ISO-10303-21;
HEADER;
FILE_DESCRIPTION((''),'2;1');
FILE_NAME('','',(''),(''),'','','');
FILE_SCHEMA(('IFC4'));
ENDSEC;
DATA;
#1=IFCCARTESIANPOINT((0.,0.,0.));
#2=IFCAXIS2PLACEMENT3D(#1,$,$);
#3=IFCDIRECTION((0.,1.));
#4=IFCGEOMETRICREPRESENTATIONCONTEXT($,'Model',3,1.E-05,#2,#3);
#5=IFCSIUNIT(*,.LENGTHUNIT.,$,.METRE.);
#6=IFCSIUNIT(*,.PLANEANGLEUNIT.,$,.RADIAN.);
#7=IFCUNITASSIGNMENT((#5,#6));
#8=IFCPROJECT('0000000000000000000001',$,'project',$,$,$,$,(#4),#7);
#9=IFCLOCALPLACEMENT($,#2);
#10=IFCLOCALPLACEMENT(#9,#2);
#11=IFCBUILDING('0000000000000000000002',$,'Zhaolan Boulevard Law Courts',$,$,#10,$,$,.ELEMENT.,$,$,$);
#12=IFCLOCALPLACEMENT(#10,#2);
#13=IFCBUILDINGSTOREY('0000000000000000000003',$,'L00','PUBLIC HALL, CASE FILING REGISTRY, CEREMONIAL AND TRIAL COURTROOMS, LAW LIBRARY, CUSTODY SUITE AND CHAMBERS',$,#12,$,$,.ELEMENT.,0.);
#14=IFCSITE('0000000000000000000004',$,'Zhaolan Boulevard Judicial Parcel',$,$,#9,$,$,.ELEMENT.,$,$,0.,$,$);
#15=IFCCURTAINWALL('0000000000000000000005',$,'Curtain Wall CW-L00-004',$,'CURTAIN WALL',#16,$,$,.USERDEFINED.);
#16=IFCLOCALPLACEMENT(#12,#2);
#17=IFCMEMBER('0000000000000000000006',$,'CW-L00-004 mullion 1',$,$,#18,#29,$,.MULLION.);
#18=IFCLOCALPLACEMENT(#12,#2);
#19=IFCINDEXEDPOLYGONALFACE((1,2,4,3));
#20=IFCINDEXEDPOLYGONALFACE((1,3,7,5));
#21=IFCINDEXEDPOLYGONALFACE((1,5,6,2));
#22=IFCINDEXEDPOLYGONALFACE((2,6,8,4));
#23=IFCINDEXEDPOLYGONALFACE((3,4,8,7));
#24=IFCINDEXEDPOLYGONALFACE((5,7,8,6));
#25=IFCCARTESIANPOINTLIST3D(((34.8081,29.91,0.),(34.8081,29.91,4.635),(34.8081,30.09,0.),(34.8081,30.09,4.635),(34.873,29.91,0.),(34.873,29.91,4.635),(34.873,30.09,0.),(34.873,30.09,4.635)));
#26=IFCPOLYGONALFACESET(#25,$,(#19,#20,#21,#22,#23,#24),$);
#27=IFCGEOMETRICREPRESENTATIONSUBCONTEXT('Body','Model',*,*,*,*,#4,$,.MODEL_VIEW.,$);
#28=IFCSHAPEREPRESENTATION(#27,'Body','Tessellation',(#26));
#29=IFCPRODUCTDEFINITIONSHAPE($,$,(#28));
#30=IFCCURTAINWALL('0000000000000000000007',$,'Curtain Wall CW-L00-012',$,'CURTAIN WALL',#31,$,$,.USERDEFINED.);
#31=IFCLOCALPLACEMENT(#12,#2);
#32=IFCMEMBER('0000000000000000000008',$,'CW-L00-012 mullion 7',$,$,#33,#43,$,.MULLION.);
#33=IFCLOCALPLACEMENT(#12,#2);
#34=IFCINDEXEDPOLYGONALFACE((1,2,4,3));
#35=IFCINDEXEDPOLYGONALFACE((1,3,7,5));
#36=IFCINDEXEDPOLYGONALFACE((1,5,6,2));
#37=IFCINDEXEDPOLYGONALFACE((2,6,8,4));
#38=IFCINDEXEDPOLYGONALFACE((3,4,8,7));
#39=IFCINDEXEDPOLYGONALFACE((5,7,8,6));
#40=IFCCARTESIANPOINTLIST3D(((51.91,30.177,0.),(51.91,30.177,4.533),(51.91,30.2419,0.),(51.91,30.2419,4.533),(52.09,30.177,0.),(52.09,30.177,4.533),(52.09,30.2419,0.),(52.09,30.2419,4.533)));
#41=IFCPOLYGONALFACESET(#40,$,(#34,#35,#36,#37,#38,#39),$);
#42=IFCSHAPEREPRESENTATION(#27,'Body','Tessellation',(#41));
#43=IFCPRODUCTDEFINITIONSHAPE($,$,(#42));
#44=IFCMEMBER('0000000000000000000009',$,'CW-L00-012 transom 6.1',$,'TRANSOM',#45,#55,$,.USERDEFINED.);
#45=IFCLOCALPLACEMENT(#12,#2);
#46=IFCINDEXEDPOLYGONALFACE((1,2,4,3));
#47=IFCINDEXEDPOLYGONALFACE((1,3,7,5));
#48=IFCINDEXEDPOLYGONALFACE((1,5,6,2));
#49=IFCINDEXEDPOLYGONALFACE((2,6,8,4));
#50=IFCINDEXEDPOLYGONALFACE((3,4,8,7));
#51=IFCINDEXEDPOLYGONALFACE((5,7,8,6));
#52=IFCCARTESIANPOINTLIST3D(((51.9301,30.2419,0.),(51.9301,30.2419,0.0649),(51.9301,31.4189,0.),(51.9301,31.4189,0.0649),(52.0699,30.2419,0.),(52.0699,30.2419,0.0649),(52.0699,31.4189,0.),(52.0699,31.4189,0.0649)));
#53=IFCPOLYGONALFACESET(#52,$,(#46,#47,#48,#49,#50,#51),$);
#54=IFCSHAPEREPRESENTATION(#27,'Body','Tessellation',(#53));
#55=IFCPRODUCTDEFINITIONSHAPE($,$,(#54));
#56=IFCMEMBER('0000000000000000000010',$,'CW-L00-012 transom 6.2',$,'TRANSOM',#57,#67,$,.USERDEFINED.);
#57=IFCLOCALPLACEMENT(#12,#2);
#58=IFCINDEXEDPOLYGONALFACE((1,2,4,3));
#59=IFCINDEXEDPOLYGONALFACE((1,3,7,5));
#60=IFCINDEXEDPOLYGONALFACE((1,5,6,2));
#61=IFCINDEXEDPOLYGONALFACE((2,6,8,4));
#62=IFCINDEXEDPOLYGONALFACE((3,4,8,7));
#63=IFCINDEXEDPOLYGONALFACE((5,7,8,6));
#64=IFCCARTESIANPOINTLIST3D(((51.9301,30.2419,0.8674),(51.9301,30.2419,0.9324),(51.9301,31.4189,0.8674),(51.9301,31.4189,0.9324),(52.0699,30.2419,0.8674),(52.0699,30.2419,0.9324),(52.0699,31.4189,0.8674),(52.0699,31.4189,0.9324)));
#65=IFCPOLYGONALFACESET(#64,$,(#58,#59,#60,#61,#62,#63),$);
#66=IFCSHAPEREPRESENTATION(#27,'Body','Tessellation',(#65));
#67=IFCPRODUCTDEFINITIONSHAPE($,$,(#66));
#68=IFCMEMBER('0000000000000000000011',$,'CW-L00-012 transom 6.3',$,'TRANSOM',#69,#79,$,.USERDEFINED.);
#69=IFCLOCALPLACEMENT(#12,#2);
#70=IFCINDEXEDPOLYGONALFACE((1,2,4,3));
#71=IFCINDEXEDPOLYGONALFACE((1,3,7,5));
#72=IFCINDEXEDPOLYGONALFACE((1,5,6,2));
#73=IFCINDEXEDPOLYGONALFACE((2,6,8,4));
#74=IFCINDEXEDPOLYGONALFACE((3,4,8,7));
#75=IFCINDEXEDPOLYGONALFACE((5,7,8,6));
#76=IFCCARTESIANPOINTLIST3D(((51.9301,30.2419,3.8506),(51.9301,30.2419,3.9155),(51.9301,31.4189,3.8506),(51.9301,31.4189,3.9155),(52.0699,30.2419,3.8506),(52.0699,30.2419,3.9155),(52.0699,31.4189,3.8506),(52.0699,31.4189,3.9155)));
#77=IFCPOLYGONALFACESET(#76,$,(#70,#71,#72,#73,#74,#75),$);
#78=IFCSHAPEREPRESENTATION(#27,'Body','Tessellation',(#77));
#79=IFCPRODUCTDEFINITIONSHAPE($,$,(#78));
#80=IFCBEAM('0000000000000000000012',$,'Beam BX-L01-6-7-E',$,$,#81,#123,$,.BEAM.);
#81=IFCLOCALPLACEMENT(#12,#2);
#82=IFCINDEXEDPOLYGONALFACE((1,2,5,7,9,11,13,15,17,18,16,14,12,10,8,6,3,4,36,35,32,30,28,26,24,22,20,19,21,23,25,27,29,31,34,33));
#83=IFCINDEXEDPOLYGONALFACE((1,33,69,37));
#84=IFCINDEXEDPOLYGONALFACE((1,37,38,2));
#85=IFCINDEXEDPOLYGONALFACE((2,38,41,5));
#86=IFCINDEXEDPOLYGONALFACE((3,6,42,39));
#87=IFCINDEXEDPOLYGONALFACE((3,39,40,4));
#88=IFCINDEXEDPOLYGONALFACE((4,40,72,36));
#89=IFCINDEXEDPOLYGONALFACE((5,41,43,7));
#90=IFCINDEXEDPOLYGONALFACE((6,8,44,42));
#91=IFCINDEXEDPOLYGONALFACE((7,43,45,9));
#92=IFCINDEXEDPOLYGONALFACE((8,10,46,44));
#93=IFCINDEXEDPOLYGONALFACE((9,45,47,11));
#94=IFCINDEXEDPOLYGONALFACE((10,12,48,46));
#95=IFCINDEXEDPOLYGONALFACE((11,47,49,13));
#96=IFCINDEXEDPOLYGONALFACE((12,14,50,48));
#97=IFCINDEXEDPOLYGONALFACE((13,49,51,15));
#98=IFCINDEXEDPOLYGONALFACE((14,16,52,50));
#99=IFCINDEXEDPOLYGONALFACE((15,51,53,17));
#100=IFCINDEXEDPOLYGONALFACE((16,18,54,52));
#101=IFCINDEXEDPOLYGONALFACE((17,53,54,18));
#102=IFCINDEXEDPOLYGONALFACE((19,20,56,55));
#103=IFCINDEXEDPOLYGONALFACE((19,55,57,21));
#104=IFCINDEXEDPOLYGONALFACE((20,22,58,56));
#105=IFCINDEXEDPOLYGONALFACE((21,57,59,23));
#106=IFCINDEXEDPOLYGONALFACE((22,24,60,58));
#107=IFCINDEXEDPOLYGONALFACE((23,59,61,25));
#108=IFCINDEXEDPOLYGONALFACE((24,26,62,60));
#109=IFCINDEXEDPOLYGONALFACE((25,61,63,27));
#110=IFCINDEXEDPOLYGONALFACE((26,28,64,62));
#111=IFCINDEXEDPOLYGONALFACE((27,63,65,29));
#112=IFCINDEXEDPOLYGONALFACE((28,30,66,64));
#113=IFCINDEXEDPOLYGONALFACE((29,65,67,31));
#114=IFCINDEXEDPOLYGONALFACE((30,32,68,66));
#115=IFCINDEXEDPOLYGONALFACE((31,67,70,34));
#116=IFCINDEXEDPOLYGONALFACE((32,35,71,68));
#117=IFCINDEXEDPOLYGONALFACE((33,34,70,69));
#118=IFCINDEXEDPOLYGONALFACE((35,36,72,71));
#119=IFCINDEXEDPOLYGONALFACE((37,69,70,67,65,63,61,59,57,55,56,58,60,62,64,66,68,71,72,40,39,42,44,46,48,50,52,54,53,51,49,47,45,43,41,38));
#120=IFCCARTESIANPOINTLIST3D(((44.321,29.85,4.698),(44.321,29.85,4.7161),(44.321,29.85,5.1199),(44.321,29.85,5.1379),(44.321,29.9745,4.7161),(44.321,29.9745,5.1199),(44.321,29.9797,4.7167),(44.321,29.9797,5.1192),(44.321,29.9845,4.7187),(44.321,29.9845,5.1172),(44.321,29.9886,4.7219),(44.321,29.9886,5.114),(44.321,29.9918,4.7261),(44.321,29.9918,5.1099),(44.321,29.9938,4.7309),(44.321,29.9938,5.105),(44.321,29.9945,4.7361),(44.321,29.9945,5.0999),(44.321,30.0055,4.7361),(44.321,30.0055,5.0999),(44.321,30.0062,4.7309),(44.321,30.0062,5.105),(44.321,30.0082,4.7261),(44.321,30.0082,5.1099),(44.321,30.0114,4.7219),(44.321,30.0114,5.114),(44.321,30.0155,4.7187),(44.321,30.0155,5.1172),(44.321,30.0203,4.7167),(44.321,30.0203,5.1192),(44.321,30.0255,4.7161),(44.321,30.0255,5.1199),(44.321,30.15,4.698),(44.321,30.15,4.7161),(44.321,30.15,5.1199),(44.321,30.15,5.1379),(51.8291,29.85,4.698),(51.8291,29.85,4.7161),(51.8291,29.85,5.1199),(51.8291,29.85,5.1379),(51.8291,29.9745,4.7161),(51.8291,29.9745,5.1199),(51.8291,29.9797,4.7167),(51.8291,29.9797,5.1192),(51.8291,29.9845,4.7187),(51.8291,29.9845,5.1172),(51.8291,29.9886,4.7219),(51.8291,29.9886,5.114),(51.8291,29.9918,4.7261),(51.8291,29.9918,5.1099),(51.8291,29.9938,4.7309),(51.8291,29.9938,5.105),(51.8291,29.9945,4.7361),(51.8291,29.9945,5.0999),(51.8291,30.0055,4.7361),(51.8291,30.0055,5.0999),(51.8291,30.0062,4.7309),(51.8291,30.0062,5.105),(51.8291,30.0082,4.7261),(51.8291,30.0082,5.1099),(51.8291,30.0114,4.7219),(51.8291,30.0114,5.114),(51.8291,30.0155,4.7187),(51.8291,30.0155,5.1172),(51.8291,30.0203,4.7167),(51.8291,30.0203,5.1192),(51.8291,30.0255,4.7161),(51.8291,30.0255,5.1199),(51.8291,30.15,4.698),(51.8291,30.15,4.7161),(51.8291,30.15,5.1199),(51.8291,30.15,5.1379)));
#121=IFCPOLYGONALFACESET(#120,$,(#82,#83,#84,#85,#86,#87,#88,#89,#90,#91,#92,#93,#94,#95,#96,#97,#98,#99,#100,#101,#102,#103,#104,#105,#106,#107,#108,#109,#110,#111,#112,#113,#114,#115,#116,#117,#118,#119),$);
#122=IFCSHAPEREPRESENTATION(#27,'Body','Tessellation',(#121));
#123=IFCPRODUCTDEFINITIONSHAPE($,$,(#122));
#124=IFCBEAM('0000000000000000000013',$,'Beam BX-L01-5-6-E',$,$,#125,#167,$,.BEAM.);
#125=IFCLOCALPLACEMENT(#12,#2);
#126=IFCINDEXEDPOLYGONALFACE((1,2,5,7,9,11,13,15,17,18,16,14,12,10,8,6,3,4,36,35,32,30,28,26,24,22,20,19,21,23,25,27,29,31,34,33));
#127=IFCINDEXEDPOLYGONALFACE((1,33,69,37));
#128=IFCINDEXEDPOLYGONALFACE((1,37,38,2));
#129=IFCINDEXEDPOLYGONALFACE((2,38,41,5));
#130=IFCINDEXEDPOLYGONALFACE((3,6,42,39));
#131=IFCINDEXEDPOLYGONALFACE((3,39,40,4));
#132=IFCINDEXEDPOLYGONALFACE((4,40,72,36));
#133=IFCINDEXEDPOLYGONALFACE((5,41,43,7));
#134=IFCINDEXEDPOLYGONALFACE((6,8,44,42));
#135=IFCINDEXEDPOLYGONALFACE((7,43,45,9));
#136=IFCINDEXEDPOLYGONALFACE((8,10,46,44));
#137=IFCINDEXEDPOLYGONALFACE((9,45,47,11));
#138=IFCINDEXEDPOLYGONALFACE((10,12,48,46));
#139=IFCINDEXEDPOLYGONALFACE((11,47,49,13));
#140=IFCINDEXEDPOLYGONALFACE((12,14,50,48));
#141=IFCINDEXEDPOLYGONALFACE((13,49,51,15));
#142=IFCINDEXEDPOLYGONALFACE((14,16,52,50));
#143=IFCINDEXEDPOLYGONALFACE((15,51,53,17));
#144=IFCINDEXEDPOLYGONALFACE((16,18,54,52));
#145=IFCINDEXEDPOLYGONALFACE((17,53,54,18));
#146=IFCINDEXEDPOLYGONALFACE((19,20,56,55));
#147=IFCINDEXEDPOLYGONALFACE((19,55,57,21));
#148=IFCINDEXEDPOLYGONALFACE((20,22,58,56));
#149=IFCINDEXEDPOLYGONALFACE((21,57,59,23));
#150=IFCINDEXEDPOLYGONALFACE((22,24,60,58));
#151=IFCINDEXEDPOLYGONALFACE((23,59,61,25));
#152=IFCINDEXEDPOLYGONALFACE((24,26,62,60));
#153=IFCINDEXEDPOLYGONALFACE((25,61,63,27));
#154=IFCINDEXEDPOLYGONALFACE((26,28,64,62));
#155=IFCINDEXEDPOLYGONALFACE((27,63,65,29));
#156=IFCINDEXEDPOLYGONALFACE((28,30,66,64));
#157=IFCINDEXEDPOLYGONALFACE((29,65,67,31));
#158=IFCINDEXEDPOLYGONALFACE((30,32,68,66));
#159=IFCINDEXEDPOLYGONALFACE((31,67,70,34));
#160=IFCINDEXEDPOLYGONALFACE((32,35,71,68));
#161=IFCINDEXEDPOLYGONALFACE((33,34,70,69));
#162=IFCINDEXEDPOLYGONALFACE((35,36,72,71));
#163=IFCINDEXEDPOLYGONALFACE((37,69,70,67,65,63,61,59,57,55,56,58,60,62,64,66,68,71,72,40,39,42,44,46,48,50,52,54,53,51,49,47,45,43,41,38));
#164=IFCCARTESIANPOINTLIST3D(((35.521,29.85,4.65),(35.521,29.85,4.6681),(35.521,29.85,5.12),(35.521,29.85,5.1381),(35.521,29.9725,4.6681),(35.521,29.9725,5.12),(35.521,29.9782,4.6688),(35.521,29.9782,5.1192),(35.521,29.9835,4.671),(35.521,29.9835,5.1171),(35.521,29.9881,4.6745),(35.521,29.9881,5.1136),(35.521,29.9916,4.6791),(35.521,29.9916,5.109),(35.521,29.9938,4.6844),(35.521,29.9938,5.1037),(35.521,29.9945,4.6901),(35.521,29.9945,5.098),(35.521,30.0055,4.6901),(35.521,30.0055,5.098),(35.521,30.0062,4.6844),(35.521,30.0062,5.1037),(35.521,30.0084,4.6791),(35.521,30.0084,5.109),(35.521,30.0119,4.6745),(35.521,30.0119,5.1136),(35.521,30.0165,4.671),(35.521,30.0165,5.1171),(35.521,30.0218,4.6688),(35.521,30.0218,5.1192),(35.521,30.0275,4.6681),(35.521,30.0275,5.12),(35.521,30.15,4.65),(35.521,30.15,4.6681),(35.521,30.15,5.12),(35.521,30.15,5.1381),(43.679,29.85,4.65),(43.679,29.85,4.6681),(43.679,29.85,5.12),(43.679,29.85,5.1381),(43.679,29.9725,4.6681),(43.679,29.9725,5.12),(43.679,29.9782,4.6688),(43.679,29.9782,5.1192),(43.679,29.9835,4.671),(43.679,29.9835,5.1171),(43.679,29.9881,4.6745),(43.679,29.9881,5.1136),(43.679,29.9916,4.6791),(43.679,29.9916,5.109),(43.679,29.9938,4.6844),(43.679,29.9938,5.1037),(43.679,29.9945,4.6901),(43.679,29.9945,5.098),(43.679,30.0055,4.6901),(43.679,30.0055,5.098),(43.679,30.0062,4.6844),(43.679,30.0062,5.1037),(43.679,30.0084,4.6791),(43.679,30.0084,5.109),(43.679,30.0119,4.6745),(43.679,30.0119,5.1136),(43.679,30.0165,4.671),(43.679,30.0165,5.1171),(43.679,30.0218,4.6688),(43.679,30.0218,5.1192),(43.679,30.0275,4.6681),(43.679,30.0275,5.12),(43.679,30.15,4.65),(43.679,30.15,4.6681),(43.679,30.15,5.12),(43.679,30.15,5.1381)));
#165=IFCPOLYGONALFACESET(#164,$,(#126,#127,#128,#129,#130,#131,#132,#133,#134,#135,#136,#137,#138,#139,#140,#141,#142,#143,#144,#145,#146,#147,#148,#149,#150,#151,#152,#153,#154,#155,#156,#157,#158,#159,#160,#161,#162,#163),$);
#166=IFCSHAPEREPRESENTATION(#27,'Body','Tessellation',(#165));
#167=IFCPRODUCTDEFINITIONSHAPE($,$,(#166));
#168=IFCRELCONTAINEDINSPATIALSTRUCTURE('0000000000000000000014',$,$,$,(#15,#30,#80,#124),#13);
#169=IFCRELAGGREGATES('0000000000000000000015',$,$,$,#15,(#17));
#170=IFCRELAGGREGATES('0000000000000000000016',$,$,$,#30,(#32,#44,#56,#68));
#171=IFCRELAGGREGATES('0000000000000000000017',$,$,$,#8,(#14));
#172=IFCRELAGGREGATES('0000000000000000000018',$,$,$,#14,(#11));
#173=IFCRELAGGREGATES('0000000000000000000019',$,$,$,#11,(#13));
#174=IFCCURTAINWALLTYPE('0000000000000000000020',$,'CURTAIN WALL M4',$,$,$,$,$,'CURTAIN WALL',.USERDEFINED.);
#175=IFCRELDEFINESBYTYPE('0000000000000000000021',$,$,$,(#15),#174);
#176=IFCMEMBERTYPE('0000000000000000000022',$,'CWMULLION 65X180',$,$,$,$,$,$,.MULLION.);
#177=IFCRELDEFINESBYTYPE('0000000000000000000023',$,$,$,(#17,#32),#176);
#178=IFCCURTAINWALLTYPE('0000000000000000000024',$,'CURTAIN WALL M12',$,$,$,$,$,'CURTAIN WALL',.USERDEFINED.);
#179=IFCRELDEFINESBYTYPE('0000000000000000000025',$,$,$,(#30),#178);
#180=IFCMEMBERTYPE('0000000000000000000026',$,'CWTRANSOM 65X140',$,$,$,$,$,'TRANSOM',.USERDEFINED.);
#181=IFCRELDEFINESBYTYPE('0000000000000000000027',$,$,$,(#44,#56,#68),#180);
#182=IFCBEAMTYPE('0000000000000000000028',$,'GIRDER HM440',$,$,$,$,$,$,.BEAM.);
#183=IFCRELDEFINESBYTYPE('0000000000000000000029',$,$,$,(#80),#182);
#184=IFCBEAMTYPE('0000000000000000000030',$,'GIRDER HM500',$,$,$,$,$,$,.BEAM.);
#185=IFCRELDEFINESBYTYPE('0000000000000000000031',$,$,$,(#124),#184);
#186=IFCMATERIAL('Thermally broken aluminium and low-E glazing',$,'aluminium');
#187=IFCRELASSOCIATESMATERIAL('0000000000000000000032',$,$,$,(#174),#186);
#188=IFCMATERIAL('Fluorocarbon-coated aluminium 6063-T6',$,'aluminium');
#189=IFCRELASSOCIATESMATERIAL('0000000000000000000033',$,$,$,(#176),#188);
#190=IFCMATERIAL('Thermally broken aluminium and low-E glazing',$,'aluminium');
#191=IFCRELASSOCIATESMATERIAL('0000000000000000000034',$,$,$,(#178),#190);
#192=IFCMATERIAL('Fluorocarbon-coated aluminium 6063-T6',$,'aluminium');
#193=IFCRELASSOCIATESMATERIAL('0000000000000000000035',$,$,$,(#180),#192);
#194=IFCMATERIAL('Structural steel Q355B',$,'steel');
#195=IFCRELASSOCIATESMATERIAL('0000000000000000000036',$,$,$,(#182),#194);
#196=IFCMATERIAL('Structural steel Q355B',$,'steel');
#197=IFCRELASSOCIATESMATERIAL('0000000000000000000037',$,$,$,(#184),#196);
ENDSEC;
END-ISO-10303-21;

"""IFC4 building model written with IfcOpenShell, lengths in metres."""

from ifc_helpers import new_model, si_unit, direction, frame, origin, origin_2d, place, context, subcontext, project, spatial, rectangle, i_section, extrude, material, material_profile, profile_set, type_object, element, aggregate, save


model = new_model("IFC4")

# Units and contexts
model_context = context("Model", 3, precision=1e-05, world=origin(), true_north=direction((0.0, 1.0)))
body_context = subcontext(model_context, "Body", "Model", "MODEL_VIEW")
ifc_project = project(units=[si_unit("LENGTHUNIT", "METRE"), si_unit("PLANEANGLEUNIT", "RADIAN")], contexts=[model_context])

# Site, building, storey
site_placement = place(None, origin())
site = spatial("IfcSite", under=ifc_project, at=site_placement, Name="Zhaolan Boulevard Judicial Parcel", CompositionType="ELEMENT", RefElevation=0.0)
building_placement = place(site_placement, origin())
building = spatial("IfcBuilding", under=site, at=building_placement, Name="Zhaolan Boulevard Law Courts", CompositionType="ELEMENT")
storey_placement = place(building_placement, origin())
storey = spatial("IfcBuildingStorey", under=building, at=storey_placement, Name="L00", Description="PUBLIC HALL, CASE FILING REGISTRY, CEREMONIAL AND TRIAL COURTROOMS, LAW LIBRARY, CUSTODY SUITE AND CHAMBERS", CompositionType="ELEMENT", Elevation=0.0)

# Curtain wall, member
ifc_material_1 = material(Name="Thermally broken aluminium and low-E glazing", Category="aluminium")
curtain_wall_type_1 = type_object("IfcCurtainWallType", Name="CURTAIN WALL M4", ElementType="CURTAIN WALL", PredefinedType="USERDEFINED", material=ifc_material_1)
curtain_wall_1_placement = place(storey_placement, origin())
curtain_wall_1 = element("IfcCurtainWall", 1, at=curtain_wall_1_placement, inside=storey, type_object=curtain_wall_type_1, Name="Curtain Wall CW-L00-004", ObjectType="CURTAIN WALL", PredefinedType="USERDEFINED")
ifc_material_2 = material(Name="Fluorocarbon-coated aluminium 6063-T6", Category="aluminium")
ifc_material_profile_1 = material_profile(ifc_material_2, rectangle(XDim=0.1799, YDim=0.0649, at=origin_2d()), Name="AL65x180")
ifc_profile_set_1 = profile_set([ifc_material_profile_1], Name="Fluorocarbon-coated aluminium 6063-T6")
member_type_1 = type_object("IfcMemberType", Name="CWMULLION 65X180", PredefinedType="MULLION", material=ifc_profile_set_1)
member_1_placement = place(storey_placement, frame((34.8406, 30.0, 0.0), z_axis=(0.0, 0.0, 1.0), x_axis=(0.0, -1.0, 0.0)))
member_1 = element("IfcMember", 2, at=member_1_placement, type_object=member_type_1, Name="CW-L00-004 mullion 1", PredefinedType="MULLION", context=body_context, shape_type="SweptSolid", body=[
    extrude(rectangle(XDim=0.1799, YDim=0.0649, at=origin_2d()), origin(), (0.0, 0.0, 1.0), 4.635),
])
aggregate(curtain_wall_1, [member_1])

# Curtain wall, members
ifc_material_3 = material(Name="Thermally broken aluminium and low-E glazing", Category="aluminium")
curtain_wall_type_2 = type_object("IfcCurtainWallType", Name="CURTAIN WALL M12", ElementType="CURTAIN WALL", PredefinedType="USERDEFINED", material=ifc_material_3)
curtain_wall_2_placement = place(storey_placement, origin())
curtain_wall_2 = element("IfcCurtainWall", 3, at=curtain_wall_2_placement, inside=storey, type_object=curtain_wall_type_2, Name="Curtain Wall CW-L00-012", ObjectType="CURTAIN WALL", PredefinedType="USERDEFINED")
member_2_placement = place(storey_placement, frame((52.0, 30.2095, 0.0), z_axis=(0.0, 0.0, 1.0), x_axis=(1.0, 0.0, 0.0)))
member_2 = element("IfcMember", 4, at=member_2_placement, type_object=member_type_1, Name="CW-L00-012 mullion 7", PredefinedType="MULLION", context=body_context, shape_type="SweptSolid", body=[
    extrude(rectangle(XDim=0.1799, YDim=0.0649, at=origin_2d()), origin(), (0.0, 0.0, 1.0), 4.533),
])
ifc_material_4 = material(Name="Fluorocarbon-coated aluminium 6063-T6", Category="aluminium")
ifc_material_profile_2 = material_profile(ifc_material_4, rectangle(XDim=0.1399, YDim=0.0649, at=origin_2d()), Name="AL65x140")
ifc_profile_set_2 = profile_set([ifc_material_profile_2], Name="Fluorocarbon-coated aluminium 6063-T6")
member_type_2 = type_object("IfcMemberType", Name="CWTRANSOM 65X140", ElementType="TRANSOM", PredefinedType="USERDEFINED", material=ifc_profile_set_2)
member_3_placement = place(storey_placement, frame((52.0, 31.4189, 0.0325), z_axis=(0.0, -1.0, 0.0), x_axis=(1.0, 0.0, 0.0)))
member_3 = element("IfcMember", 5, at=member_3_placement, type_object=member_type_2, Name="CW-L00-012 transom 6.1", ObjectType="TRANSOM", PredefinedType="USERDEFINED", context=body_context, shape_type="SweptSolid", body=[
    extrude(rectangle(XDim=0.1399, YDim=0.0649, at=origin_2d()), origin(), (0.0, 0.0, 1.0), 1.177),
])
member_4_placement = place(storey_placement, frame((52.0, 31.4189, 0.8999), z_axis=(0.0, -1.0, 0.0), x_axis=(1.0, 0.0, 0.0)))
member_4 = element("IfcMember", 6, at=member_4_placement, type_object=member_type_2, Name="CW-L00-012 transom 6.2", ObjectType="TRANSOM", PredefinedType="USERDEFINED", context=body_context, shape_type="SweptSolid", body=[
    extrude(rectangle(XDim=0.1399, YDim=0.0649, at=origin_2d()), origin(), (0.0, 0.0, 1.0), 1.177),
])
member_5_placement = place(storey_placement, frame((52.0, 31.4189, 3.8831), z_axis=(0.0, -1.0, 0.0), x_axis=(1.0, 0.0, 0.0)))
member_5 = element("IfcMember", 7, at=member_5_placement, type_object=member_type_2, Name="CW-L00-012 transom 6.3", ObjectType="TRANSOM", PredefinedType="USERDEFINED", context=body_context, shape_type="SweptSolid", body=[
    extrude(rectangle(XDim=0.1399, YDim=0.0649, at=origin_2d()), origin(), (0.0, 0.0, 1.0), 1.177),
])

# Beams
ifc_material_5 = material(Name="Structural steel Q355B", Category="steel")
ifc_material_profile_3 = material_profile(ifc_material_5, i_section(OverallWidth=0.3, OverallDepth=0.4399, WebThickness=0.011, FlangeThickness=0.0181, FilletRadius=0.02, at=origin_2d()), Name="HM440x300")
ifc_profile_set_3 = profile_set([ifc_material_profile_3], Name="Structural steel Q355B")
beam_type_1 = type_object("IfcBeamType", Name="GIRDER HM440", PredefinedType="BEAM", material=ifc_profile_set_3)
beam_1_placement = place(storey_placement, frame((44.321, 30.0, 4.918), z_axis=(1.0, 0.0, 0.0), x_axis=(0.0, 1.0, 0.0)))
element("IfcBeam", 8, at=beam_1_placement, inside=storey, type_object=beam_type_1, Name="Beam BX-L01-6-7-E", PredefinedType="BEAM", context=body_context, shape_type="SweptSolid", body=[
    extrude(i_section(OverallWidth=0.3, OverallDepth=0.4399, WebThickness=0.011, FlangeThickness=0.0181, FilletRadius=0.02, at=origin_2d()), origin(), (0.0, 0.0, 1.0), 7.5081),
])
ifc_material_6 = material(Name="Structural steel Q355B", Category="steel")
ifc_material_profile_4 = material_profile(ifc_material_6, i_section(OverallWidth=0.3, OverallDepth=0.488, WebThickness=0.011, FlangeThickness=0.0181, FilletRadius=0.022, at=origin_2d()), Name="HM488x300")
ifc_profile_set_4 = profile_set([ifc_material_profile_4], Name="Structural steel Q355B")
beam_type_2 = type_object("IfcBeamType", Name="GIRDER HM500", PredefinedType="BEAM", material=ifc_profile_set_4)
beam_2_placement = place(storey_placement, frame((35.521, 30.0, 4.894), z_axis=(1.0, 0.0, 0.0), x_axis=(0.0, 1.0, 0.0)))
element("IfcBeam", 9, at=beam_2_placement, inside=storey, type_object=beam_type_2, Name="Beam BX-L01-5-6-E", PredefinedType="BEAM", context=body_context, shape_type="SweptSolid", body=[
    extrude(i_section(OverallWidth=0.3, OverallDepth=0.488, WebThickness=0.011, FlangeThickness=0.0181, FilletRadius=0.022, at=origin_2d()), origin(), (0.0, 0.0, 1.0), 8.158),
])

aggregate(curtain_wall_2, [member_2, member_3, member_4, member_5])

save(model, "model.ifc")
